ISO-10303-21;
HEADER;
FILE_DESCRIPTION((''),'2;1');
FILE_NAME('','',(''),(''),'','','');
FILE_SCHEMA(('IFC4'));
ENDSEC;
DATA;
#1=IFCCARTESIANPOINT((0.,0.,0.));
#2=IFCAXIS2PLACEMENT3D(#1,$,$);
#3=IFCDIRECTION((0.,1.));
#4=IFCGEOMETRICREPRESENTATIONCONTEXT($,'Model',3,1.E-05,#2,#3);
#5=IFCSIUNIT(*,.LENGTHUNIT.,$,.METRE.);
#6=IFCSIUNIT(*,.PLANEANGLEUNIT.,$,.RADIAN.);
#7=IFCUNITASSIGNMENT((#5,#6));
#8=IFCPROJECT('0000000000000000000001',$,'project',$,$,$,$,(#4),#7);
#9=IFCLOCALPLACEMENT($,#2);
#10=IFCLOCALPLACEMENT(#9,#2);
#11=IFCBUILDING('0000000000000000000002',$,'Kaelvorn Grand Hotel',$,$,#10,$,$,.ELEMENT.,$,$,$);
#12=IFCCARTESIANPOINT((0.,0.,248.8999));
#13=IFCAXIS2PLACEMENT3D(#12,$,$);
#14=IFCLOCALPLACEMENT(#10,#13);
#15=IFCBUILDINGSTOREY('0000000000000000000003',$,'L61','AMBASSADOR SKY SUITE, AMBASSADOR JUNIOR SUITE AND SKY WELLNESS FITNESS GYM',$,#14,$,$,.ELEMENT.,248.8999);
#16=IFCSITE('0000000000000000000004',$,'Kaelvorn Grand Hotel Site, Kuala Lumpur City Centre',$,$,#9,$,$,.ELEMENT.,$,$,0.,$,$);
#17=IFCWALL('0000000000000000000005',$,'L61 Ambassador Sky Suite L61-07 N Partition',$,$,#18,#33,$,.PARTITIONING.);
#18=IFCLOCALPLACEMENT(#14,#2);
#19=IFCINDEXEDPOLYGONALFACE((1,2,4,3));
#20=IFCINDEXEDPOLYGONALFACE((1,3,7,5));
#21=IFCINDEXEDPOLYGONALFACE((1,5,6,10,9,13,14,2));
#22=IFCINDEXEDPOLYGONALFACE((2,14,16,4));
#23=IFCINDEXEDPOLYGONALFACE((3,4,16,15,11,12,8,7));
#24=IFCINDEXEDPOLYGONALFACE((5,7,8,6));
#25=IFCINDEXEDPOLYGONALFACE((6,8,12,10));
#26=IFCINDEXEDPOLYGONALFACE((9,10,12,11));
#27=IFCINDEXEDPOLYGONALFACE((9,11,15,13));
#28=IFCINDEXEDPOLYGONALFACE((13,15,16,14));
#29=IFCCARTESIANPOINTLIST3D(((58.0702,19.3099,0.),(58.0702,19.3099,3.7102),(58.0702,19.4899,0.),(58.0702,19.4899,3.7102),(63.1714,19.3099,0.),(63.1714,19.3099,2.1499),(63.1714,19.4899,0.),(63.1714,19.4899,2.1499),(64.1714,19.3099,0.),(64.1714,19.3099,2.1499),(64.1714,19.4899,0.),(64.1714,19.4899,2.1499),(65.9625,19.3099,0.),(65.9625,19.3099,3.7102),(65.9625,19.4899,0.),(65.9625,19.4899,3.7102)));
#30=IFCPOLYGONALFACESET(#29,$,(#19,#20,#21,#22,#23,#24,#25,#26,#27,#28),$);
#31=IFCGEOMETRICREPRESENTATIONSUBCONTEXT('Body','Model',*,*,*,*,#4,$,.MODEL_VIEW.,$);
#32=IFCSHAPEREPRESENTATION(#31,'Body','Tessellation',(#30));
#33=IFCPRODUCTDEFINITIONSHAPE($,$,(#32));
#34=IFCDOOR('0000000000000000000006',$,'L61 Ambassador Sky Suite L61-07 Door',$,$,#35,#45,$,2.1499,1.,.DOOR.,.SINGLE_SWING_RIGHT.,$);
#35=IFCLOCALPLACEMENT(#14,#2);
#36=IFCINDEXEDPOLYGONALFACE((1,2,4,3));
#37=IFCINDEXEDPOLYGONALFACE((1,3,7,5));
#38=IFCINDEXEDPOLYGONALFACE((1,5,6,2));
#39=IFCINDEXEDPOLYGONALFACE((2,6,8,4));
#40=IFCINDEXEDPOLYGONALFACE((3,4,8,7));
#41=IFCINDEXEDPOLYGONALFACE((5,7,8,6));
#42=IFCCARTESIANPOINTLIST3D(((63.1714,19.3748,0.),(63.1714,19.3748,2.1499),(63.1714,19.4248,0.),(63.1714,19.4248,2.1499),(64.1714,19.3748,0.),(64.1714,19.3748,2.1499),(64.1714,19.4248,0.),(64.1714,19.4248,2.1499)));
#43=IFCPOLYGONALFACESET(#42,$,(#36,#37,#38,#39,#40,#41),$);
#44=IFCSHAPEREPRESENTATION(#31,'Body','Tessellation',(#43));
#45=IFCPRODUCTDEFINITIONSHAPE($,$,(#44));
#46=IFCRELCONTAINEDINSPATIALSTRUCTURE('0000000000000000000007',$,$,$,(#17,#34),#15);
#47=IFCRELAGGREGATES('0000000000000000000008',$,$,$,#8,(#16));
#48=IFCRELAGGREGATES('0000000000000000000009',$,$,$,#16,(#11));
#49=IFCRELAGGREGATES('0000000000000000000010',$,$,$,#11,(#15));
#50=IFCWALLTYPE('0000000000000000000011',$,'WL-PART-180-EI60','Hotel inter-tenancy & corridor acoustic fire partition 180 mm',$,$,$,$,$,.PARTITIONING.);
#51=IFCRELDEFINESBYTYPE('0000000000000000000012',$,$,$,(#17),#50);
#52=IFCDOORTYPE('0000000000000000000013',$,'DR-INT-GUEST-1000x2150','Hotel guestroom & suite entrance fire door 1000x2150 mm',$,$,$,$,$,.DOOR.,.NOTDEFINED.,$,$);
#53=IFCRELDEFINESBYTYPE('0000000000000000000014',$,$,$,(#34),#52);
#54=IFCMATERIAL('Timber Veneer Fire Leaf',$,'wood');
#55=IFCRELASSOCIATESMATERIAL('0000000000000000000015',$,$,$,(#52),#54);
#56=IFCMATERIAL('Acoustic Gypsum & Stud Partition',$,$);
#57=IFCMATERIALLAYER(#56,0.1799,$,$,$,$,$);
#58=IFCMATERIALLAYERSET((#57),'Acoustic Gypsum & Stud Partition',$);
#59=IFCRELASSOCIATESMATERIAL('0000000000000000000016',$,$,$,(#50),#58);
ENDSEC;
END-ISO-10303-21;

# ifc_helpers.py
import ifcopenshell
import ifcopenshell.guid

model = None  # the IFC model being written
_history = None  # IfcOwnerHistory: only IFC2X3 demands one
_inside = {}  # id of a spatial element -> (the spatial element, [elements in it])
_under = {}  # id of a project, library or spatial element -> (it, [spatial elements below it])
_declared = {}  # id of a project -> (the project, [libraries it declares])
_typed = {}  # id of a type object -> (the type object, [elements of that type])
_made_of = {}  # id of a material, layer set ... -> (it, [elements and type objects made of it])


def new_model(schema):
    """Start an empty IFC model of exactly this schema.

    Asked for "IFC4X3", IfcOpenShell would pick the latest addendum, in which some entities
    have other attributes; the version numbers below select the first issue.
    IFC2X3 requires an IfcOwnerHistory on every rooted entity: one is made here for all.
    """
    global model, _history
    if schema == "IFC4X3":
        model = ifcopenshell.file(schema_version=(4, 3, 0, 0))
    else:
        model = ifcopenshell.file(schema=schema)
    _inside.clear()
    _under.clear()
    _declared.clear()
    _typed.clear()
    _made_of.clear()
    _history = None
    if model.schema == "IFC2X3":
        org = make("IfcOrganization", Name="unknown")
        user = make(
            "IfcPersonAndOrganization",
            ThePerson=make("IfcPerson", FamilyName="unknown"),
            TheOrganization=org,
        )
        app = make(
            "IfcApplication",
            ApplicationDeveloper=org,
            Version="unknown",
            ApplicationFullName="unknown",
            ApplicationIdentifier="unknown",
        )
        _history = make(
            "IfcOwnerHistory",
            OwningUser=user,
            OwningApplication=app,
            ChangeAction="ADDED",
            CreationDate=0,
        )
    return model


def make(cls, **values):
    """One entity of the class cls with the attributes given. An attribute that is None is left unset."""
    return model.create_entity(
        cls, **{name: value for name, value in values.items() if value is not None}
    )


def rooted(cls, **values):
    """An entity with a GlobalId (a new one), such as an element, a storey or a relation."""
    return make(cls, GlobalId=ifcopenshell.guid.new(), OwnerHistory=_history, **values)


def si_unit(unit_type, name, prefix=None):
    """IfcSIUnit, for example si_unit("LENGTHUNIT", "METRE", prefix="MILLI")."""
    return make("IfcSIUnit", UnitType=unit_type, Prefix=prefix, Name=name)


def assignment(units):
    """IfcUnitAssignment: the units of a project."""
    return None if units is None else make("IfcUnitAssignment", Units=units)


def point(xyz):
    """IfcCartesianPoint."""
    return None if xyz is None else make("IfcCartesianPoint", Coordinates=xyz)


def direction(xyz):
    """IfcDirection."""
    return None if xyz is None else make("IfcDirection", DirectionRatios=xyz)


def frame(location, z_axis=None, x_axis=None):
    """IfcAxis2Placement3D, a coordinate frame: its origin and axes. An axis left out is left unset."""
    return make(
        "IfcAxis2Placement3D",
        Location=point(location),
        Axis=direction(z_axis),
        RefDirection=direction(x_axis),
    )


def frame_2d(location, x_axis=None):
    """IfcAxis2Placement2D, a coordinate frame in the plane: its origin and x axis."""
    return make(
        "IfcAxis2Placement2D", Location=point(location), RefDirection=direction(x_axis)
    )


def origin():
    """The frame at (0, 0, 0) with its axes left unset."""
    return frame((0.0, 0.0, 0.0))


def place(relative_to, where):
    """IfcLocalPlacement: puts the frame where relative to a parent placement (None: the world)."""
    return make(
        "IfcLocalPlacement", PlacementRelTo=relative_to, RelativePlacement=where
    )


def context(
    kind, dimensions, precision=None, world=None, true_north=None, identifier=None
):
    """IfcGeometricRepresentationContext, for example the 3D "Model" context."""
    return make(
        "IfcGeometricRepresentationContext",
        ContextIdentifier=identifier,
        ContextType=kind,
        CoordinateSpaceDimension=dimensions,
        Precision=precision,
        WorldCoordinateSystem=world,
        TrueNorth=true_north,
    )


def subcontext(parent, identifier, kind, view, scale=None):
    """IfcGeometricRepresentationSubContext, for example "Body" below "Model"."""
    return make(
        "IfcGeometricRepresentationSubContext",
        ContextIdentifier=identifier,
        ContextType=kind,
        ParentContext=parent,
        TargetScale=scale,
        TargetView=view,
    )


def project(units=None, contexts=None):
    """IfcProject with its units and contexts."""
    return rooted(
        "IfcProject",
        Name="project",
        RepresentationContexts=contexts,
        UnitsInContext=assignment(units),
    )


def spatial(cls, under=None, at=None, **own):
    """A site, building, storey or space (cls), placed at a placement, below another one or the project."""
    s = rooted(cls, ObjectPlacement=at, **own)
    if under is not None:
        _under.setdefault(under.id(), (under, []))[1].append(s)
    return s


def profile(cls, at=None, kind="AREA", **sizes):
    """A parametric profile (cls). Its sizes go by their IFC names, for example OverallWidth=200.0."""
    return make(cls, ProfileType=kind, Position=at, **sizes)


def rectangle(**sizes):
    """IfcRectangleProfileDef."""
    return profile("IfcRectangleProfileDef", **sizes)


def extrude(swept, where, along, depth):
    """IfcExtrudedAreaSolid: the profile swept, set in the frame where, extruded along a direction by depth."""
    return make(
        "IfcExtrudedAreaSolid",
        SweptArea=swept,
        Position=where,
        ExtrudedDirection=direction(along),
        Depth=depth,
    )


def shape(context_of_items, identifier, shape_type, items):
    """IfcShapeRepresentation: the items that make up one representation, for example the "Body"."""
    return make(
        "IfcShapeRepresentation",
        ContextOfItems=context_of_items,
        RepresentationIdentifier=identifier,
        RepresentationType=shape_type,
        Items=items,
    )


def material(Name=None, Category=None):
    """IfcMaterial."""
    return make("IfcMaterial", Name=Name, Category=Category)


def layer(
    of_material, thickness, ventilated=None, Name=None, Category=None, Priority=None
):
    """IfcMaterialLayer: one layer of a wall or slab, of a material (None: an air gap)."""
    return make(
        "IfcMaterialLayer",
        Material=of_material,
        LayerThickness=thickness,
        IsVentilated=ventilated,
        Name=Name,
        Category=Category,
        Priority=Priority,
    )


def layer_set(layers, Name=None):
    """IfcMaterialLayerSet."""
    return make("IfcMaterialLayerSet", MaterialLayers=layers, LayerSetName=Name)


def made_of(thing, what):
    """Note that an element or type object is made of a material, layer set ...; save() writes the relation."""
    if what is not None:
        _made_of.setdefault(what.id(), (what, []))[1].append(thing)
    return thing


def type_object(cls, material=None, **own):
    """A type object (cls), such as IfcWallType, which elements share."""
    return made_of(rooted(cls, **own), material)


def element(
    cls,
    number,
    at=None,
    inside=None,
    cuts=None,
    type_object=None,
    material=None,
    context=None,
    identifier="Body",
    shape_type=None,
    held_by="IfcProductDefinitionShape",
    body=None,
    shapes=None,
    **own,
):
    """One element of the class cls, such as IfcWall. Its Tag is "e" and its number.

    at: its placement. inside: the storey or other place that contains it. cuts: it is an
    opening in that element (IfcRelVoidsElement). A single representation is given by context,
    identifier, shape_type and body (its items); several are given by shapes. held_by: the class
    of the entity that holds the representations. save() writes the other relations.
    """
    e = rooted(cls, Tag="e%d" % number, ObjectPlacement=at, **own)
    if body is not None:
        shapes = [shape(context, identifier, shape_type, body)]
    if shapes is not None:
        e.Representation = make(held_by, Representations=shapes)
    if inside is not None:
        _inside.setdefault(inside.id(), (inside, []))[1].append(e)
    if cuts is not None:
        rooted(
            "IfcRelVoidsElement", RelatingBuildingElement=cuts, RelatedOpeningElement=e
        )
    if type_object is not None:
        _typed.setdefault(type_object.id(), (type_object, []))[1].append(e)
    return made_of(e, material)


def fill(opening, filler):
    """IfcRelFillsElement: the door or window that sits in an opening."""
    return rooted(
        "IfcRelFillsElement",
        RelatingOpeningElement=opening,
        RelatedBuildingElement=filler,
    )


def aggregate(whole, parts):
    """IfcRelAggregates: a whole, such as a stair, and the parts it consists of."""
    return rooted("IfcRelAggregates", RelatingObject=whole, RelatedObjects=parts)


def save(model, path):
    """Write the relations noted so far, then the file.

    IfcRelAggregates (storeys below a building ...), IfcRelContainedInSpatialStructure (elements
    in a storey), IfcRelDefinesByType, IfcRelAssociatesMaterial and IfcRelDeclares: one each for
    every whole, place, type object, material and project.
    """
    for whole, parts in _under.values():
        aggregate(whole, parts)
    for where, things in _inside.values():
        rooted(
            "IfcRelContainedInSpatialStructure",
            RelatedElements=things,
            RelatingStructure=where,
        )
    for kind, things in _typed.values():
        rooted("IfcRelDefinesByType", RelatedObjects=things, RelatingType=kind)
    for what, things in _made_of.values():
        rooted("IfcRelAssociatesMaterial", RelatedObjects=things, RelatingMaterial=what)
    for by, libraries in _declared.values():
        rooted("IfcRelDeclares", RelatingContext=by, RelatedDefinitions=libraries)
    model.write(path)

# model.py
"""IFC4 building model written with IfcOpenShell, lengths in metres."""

from ifc_helpers import new_model, si_unit, direction, frame, frame_2d, origin, place, context, subcontext, project, spatial, rectangle, extrude, material, layer, layer_set, type_object, element, fill, save


model = new_model("IFC4")

# Units and contexts
model_context = context("Model", 3, precision=1e-05, world=origin(), true_north=direction((0.0, 1.0)))
body_context = subcontext(model_context, "Body", "Model", "MODEL_VIEW")
ifc_project = project(units=[si_unit("LENGTHUNIT", "METRE"), si_unit("PLANEANGLEUNIT", "RADIAN")], contexts=[model_context])

# Site, building, storey
site_placement = place(None, origin())
site = spatial("IfcSite", under=ifc_project, at=site_placement, Name="Kaelvorn Grand Hotel Site, Kuala Lumpur City Centre", CompositionType="ELEMENT", RefElevation=0.0)
building_placement = place(site_placement, origin())
building = spatial("IfcBuilding", under=site, at=building_placement, Name="Kaelvorn Grand Hotel", CompositionType="ELEMENT")
storey_placement = place(building_placement, frame((0.0, 0.0, 248.8999)))
storey = spatial("IfcBuildingStorey", under=building, at=storey_placement, Name="L61", Description="AMBASSADOR SKY SUITE, AMBASSADOR JUNIOR SUITE AND SKY WELLNESS FITNESS GYM", CompositionType="ELEMENT", Elevation=248.8999)

# Shared definitions
ifc_material_1 = material(Name="Acoustic Gypsum & Stud Partition")

# Shared definitions
ifc_material_2 = material(Name="Timber Veneer Fire Leaf", Category="wood")
door_type_1 = type_object("IfcDoorType", Name="DR-INT-GUEST-1000x2150", Description="Hotel guestroom & suite entrance fire door 1000x2150 mm", OperationType="NOTDEFINED", PredefinedType="DOOR", material=ifc_material_2)

# Wall, opening, door
ifc_layer_1 = layer(ifc_material_1, 0.1799)
ifc_layer_set_1 = layer_set([ifc_layer_1], Name="Acoustic Gypsum & Stud Partition")
wall_type_1 = type_object("IfcWallType", Name="WL-PART-180-EI60", Description="Hotel inter-tenancy & corridor acoustic fire partition 180 mm", PredefinedType="PARTITIONING", material=ifc_layer_set_1)
wall_1_placement = place(storey_placement, frame((58.0701, 19.3999, 0.0), z_axis=(0.0, 0.0, 1.0), x_axis=(1.0, 0.0, 0.0)))
wall_1 = element("IfcWall", 1, at=wall_1_placement, inside=storey, type_object=wall_type_1, Name="L61 Ambassador Sky Suite L61-07 N Partition", PredefinedType="PARTITIONING", context=body_context, shape_type="SweptSolid", body=[
    extrude(rectangle(XDim=7.8923, YDim=0.1799, at=frame_2d((3.9463, 0.0))), origin(), (0.0, 0.0, 1.0), 3.7102),
])
opening_1_placement = place(wall_1_placement, frame((5.1013, 0.0, 0.0)))
opening_1 = element("IfcOpeningElement", 2, at=opening_1_placement, cuts=wall_1, PredefinedType="OPENING", context=body_context, shape_type="SweptSolid", body=[
    extrude(rectangle(XDim=1.0, YDim=2.1499, at=frame_2d((0.5, 1.075))), frame((0.0, 0.1001, 0.0), z_axis=(0.0, -1.0, 0.0), x_axis=(1.0, 0.0, 0.0)), (0.0, 0.0, 1.0), 0.2),
])
door_1_placement = place(opening_1_placement, origin())
door_1 = element("IfcDoor", 3, at=door_1_placement, inside=storey, type_object=door_type_1, Name="L61 Ambassador Sky Suite L61-07 Door", OperationType="SINGLE_SWING_RIGHT", OverallHeight=2.1499, OverallWidth=1.0, PredefinedType="DOOR", context=body_context, shape_type="SweptSolid", body=[
    extrude(rectangle(XDim=1.0, YDim=2.1499, at=frame_2d((0.5, 1.075))), frame((0.0, 0.0249, 0.0), z_axis=(0.0, -1.0, 0.0), x_axis=(1.0, 0.0, 0.0)), (0.0, 0.0, 1.0), 0.05),
])
fill(opening_1, door_1)

save(model, "model.ifc")
